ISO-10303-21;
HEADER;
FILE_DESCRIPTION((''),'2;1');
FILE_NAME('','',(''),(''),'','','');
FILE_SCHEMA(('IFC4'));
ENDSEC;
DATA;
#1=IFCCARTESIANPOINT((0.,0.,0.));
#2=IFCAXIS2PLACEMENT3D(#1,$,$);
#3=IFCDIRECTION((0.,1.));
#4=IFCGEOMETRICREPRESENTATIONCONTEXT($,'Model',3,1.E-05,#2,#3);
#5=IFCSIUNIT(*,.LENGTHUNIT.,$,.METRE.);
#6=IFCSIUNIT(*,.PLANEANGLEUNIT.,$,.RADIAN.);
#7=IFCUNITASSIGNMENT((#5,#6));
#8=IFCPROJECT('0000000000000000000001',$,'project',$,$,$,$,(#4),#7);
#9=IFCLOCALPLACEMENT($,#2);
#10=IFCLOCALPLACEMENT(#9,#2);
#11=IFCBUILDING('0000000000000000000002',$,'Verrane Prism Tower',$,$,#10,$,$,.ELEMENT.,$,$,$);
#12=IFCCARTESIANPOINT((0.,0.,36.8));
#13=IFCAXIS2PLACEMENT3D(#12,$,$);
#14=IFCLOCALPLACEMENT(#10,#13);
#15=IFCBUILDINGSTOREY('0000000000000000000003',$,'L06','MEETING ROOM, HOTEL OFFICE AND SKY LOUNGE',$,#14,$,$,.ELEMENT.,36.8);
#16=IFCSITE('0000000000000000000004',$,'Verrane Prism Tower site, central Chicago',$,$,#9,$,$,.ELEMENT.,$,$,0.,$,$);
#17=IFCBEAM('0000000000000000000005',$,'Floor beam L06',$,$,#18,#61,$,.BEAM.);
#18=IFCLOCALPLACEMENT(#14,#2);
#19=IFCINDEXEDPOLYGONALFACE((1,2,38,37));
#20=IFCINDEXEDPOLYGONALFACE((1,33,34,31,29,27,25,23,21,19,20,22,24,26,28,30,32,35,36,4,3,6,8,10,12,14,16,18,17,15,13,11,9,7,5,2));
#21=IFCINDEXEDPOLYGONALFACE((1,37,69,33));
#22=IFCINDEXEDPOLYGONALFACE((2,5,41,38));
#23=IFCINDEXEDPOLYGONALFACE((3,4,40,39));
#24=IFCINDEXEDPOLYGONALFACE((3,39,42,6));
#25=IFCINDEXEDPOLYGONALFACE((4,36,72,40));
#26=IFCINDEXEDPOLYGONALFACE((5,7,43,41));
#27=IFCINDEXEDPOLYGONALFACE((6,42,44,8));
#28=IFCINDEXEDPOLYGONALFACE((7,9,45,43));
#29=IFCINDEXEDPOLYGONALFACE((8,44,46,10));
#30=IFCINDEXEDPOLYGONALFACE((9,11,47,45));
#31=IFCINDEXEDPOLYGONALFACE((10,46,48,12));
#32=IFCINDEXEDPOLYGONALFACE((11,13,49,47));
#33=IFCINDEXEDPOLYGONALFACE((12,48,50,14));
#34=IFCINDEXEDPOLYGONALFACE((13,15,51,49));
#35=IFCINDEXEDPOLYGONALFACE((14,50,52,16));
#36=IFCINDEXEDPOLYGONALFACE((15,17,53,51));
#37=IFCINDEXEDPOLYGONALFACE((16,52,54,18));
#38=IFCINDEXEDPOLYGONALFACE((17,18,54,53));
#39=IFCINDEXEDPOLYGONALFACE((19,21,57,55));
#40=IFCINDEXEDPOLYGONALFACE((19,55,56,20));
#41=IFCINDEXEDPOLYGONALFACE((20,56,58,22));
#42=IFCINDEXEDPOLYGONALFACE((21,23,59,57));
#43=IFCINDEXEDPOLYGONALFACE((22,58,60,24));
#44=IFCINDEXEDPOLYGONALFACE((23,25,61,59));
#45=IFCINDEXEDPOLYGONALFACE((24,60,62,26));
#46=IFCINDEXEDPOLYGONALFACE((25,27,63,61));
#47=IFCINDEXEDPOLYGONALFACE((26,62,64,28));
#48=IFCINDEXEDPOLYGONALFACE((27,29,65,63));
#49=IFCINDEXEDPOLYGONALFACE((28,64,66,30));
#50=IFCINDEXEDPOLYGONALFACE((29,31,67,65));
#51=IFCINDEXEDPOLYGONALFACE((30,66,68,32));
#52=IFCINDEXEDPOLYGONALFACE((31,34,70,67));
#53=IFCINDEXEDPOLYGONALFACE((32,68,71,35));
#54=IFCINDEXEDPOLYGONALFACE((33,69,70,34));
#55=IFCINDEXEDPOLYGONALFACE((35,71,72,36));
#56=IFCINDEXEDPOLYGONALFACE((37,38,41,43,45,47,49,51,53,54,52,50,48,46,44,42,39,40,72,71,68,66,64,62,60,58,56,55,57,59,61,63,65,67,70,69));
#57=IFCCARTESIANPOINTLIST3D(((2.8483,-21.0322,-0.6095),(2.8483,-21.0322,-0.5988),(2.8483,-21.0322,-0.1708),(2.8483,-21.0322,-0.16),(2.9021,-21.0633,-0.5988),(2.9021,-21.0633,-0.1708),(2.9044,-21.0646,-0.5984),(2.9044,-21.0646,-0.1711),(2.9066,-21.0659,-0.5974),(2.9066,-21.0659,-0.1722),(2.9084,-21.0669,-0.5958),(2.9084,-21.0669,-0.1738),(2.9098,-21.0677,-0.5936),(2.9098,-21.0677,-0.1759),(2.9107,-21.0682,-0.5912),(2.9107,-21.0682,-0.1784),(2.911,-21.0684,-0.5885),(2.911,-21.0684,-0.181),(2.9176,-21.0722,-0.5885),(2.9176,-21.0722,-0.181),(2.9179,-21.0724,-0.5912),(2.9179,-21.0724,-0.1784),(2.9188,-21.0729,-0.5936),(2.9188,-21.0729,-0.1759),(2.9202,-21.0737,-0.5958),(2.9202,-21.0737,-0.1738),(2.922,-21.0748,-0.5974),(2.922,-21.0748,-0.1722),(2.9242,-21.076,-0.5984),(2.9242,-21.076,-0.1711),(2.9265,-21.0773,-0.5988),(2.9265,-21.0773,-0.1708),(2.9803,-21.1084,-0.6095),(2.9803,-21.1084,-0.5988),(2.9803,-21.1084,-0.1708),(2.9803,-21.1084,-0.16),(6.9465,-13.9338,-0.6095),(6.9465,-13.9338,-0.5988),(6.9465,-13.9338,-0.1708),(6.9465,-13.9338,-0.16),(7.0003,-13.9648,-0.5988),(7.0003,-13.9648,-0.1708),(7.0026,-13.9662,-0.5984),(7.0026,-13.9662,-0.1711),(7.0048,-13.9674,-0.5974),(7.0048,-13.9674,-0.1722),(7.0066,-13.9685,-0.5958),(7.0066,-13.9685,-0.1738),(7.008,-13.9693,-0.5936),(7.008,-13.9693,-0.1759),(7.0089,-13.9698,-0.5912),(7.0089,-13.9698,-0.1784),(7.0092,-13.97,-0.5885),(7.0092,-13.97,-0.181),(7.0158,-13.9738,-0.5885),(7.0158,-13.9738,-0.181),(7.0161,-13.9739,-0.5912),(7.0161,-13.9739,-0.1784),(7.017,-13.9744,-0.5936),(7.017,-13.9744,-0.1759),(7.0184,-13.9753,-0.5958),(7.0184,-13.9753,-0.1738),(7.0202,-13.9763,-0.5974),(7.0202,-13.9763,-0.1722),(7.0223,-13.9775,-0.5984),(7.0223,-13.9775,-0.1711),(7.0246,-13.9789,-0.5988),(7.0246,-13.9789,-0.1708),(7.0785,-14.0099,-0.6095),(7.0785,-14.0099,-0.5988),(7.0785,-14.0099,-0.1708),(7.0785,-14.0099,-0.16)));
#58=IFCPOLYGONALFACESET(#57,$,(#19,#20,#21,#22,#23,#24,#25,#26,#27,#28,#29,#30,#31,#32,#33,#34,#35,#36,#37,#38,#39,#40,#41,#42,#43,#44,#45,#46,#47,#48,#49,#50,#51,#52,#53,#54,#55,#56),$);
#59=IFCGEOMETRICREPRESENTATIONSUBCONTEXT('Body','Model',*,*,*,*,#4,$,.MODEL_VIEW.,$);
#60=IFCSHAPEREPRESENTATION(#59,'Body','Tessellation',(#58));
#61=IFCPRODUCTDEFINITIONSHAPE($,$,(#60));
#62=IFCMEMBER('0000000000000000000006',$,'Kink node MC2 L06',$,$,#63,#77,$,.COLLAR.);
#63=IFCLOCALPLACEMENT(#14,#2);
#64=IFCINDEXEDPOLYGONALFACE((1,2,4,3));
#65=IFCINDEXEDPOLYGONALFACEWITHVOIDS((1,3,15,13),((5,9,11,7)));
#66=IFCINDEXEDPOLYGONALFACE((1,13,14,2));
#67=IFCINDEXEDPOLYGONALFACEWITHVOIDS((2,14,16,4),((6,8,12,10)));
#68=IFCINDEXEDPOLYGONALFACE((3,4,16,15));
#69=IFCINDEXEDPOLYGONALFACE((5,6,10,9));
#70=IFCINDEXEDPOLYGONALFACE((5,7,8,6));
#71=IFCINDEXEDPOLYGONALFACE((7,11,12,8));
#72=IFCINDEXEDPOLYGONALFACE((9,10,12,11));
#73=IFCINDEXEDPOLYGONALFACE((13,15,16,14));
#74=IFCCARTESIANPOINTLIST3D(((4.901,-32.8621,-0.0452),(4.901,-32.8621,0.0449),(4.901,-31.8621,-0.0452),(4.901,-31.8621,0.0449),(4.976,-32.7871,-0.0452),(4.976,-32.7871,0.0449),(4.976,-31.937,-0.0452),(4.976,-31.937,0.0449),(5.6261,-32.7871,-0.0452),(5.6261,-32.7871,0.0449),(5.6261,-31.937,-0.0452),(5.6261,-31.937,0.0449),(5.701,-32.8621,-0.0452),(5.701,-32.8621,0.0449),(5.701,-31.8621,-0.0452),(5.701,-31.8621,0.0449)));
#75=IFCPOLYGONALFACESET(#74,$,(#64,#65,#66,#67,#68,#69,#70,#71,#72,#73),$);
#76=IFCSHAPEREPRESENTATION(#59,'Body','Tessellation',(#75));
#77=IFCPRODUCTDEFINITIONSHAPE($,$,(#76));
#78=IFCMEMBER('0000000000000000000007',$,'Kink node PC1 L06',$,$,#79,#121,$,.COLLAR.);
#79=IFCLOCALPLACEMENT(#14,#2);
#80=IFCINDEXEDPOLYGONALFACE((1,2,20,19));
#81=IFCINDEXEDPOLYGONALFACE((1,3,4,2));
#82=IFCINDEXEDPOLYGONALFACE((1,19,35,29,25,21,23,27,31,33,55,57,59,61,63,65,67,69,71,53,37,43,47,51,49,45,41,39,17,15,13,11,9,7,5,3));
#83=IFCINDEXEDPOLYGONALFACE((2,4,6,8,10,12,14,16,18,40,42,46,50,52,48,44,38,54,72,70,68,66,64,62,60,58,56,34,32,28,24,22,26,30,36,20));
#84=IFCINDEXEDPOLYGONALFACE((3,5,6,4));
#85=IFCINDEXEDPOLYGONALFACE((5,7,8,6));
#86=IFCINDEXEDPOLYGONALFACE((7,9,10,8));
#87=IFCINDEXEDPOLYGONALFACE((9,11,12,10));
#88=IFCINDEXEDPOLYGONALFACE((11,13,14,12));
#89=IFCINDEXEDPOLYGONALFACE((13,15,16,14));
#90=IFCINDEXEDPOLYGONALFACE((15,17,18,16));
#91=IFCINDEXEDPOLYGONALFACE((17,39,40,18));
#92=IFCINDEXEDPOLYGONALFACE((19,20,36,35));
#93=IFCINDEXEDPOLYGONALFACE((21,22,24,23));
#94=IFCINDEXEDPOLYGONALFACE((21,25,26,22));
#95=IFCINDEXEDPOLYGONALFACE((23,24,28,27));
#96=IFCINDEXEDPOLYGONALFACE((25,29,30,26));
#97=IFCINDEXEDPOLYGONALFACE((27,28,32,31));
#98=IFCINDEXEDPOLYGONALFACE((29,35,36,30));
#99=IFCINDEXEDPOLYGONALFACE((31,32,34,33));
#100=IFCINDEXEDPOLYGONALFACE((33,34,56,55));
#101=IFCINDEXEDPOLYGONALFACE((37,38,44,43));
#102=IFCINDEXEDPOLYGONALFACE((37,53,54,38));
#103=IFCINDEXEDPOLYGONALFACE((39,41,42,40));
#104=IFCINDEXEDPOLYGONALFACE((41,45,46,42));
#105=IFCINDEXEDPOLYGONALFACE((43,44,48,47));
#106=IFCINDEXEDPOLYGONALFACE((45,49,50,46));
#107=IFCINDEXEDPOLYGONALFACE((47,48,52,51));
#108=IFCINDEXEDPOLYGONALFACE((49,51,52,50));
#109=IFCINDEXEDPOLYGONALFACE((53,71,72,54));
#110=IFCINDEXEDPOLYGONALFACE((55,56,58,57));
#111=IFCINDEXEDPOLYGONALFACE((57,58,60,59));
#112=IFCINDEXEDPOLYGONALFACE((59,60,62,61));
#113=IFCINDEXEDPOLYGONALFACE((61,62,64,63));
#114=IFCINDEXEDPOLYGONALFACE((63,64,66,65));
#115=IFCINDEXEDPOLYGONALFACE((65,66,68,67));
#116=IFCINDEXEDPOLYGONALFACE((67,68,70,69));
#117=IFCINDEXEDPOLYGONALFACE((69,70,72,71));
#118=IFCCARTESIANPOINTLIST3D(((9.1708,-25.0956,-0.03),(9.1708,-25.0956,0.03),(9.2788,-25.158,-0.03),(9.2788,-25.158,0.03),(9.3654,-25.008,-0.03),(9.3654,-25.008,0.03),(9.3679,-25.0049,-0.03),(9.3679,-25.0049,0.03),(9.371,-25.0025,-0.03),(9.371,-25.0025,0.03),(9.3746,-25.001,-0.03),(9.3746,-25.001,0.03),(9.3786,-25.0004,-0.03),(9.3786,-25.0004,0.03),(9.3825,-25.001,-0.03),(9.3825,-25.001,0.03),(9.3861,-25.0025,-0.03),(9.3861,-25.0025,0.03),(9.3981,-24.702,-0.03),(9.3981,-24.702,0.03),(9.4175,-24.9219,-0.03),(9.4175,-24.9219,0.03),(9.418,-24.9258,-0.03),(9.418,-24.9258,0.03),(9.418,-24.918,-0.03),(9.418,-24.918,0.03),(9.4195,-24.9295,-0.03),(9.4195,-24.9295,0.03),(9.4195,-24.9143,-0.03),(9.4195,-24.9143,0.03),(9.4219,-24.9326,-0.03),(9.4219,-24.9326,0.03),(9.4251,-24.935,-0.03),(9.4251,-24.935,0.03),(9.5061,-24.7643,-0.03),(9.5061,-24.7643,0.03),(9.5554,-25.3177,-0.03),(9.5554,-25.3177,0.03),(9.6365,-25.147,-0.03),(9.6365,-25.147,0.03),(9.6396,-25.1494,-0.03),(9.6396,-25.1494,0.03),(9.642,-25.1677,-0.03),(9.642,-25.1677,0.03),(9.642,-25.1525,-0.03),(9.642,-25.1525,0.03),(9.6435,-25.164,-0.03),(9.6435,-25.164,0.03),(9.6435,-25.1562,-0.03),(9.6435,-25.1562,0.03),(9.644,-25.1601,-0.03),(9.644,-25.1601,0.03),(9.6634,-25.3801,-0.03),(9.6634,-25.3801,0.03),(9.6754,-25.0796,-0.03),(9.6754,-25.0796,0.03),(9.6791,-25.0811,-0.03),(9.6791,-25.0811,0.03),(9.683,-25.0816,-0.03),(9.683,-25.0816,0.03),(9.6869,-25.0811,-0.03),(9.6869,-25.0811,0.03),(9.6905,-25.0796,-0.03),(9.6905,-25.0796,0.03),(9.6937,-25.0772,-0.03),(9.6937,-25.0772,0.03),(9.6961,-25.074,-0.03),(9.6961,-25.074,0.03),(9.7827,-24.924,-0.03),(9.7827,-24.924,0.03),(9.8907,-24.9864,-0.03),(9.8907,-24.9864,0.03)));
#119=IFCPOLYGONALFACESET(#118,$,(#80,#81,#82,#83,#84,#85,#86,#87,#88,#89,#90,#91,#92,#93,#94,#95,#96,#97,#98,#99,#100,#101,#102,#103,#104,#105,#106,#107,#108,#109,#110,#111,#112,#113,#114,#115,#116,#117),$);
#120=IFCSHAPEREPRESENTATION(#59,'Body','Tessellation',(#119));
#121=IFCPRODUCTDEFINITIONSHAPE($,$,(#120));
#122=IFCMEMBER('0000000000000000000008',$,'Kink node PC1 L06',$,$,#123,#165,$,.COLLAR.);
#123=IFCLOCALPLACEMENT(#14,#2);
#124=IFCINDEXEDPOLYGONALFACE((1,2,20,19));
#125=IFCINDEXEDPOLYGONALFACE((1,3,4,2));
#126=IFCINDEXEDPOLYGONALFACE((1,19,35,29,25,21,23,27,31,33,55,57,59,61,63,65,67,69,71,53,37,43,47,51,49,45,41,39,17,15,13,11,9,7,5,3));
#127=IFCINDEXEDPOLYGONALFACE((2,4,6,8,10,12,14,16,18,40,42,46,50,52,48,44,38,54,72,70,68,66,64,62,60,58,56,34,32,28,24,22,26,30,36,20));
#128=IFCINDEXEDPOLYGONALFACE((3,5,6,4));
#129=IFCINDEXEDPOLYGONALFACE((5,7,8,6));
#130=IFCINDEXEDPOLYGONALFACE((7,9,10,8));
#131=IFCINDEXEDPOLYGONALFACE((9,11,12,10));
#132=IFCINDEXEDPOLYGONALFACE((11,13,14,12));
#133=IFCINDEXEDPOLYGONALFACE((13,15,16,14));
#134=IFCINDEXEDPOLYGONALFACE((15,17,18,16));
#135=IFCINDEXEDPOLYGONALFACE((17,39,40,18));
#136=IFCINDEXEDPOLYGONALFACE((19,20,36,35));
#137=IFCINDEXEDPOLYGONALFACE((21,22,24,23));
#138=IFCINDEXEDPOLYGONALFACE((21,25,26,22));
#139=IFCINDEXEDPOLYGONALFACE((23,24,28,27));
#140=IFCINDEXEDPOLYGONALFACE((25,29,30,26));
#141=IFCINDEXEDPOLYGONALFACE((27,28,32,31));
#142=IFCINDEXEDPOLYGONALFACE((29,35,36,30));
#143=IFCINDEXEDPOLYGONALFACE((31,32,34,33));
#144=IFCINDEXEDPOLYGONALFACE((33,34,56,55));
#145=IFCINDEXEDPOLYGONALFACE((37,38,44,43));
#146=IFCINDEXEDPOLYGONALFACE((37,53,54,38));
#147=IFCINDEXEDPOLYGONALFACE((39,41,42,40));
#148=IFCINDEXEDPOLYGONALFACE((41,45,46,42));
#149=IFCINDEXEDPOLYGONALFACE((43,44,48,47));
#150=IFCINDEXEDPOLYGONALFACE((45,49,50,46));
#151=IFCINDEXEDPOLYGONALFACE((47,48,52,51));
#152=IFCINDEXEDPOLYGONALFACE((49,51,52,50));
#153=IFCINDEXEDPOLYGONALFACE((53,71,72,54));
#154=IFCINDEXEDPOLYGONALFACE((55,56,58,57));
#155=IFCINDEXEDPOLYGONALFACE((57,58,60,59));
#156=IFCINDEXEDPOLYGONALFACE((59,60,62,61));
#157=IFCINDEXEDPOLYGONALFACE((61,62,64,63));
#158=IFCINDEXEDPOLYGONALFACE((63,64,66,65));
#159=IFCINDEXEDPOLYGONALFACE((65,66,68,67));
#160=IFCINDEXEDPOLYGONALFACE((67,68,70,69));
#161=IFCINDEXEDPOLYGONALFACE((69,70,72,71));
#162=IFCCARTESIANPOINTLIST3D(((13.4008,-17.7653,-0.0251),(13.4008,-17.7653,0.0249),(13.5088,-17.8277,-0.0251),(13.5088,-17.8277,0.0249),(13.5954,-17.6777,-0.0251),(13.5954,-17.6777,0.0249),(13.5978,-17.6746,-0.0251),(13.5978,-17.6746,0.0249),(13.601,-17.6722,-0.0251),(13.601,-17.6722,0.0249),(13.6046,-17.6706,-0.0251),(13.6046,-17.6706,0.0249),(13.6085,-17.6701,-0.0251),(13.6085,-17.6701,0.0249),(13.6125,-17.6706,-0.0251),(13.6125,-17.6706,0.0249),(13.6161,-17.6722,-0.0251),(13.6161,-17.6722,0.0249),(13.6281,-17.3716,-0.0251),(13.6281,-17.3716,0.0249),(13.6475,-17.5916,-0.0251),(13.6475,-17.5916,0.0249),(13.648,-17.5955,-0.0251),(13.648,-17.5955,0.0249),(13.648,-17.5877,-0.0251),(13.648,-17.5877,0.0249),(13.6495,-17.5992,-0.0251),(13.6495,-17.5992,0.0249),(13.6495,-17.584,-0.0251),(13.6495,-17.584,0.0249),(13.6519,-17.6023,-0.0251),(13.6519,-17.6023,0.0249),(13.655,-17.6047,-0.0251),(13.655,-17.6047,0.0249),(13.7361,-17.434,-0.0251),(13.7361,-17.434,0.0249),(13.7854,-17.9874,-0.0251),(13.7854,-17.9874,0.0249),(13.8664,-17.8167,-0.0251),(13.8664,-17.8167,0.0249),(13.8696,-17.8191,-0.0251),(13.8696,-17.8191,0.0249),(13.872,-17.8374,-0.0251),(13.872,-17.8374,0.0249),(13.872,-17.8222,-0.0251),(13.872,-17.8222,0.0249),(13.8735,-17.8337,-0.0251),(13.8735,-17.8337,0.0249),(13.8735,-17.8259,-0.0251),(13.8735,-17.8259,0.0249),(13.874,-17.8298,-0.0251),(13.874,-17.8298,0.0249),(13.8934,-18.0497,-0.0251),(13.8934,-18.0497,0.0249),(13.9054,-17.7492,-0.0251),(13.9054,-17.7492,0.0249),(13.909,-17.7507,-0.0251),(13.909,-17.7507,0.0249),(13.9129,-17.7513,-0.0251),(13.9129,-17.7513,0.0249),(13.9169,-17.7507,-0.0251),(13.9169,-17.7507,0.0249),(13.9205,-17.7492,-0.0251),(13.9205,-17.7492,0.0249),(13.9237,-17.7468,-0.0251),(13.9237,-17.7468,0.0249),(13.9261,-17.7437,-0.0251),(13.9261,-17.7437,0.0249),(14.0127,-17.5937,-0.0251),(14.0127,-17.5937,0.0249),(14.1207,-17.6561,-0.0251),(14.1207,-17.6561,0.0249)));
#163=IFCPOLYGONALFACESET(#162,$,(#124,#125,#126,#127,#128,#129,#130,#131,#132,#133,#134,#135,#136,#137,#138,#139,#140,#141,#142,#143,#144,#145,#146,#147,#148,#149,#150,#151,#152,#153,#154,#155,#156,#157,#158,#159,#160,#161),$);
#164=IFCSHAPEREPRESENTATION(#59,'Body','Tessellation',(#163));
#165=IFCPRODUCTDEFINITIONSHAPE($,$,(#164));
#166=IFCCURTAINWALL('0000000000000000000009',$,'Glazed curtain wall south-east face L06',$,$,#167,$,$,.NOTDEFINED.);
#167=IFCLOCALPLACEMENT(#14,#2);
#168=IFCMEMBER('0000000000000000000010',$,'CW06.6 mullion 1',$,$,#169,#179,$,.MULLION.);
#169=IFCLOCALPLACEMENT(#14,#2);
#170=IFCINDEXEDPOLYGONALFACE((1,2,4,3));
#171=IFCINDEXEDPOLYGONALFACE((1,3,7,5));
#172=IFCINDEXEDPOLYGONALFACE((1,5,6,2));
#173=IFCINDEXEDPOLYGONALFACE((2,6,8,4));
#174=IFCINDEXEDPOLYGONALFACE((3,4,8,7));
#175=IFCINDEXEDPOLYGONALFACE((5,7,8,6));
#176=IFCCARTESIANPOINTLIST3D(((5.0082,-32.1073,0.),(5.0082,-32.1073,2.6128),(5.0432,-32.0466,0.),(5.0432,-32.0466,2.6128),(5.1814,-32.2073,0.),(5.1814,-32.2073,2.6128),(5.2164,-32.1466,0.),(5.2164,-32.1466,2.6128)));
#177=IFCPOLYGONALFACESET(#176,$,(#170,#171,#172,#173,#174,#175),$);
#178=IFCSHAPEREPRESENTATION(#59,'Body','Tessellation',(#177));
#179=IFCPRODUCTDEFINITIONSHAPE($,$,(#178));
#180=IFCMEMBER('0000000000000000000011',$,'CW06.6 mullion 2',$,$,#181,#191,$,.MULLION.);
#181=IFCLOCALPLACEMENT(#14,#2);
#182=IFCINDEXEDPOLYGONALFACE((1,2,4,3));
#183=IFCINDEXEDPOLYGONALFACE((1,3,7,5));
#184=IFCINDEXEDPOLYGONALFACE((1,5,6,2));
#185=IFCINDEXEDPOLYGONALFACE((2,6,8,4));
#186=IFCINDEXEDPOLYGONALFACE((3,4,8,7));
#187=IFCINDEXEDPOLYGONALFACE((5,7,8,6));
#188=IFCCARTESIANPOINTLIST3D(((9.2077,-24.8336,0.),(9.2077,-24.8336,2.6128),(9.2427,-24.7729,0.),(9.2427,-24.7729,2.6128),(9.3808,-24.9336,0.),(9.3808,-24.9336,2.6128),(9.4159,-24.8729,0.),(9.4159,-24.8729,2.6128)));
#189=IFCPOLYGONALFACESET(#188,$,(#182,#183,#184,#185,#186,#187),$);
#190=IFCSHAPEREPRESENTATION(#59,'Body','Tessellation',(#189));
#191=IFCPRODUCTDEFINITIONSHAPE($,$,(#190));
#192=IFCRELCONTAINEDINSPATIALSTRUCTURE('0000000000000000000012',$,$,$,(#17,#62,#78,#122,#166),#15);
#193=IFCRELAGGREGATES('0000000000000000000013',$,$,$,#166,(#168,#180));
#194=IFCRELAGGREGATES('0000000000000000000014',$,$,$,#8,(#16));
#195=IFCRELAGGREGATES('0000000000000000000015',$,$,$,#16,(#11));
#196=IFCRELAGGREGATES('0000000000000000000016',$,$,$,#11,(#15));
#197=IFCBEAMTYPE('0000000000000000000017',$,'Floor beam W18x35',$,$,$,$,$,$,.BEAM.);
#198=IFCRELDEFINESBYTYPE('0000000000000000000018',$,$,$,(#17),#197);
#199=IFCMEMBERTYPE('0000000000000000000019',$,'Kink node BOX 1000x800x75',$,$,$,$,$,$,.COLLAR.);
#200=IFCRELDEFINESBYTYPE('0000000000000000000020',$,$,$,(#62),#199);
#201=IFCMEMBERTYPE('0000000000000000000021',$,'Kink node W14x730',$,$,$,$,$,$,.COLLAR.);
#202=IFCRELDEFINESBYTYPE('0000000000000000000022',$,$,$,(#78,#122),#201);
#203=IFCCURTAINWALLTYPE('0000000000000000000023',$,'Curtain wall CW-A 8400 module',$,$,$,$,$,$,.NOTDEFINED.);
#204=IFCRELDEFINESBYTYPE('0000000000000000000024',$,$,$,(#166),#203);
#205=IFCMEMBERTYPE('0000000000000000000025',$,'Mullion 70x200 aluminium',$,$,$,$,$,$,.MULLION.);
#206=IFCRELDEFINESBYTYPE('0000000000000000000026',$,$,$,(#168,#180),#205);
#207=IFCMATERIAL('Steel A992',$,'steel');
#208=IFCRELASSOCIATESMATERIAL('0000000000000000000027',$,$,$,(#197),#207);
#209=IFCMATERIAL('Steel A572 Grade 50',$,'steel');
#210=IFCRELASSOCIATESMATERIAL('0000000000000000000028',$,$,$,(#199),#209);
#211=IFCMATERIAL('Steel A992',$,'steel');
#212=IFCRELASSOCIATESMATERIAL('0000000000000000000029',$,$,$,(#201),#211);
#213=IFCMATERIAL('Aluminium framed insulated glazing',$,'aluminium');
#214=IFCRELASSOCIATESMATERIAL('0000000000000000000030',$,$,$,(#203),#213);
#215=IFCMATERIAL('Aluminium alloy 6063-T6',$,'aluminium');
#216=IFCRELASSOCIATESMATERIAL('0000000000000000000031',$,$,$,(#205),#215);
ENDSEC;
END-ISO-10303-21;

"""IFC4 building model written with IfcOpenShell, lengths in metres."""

from ifc_helpers import new_model, si_unit, direction, frame, origin, origin_2d, place, context, subcontext, project, spatial, rectangle, hollow_rectangle, i_section, extrude, material, material_profile, profile_set, type_object, element, aggregate, save


model = new_model("IFC4")

# Units and contexts
model_context = context("Model", 3, precision=1e-05, world=origin(), true_north=direction((0.0, 1.0)))
body_context = subcontext(model_context, "Body", "Model", "MODEL_VIEW")
ifc_project = project(units=[si_unit("LENGTHUNIT", "METRE"), si_unit("PLANEANGLEUNIT", "RADIAN")], contexts=[model_context])

# Site, building, storey
site_placement = place(None, origin())
site = spatial("IfcSite", under=ifc_project, at=site_placement, Name="Verrane Prism Tower site, central Chicago", CompositionType="ELEMENT", RefElevation=0.0)
building_placement = place(site_placement, origin())
building = spatial("IfcBuilding", under=site, at=building_placement, Name="Verrane Prism Tower", CompositionType="ELEMENT")
storey_placement = place(building_placement, frame((0.0, 0.0, 36.8)))
storey = spatial("IfcBuildingStorey", under=building, at=storey_placement, Name="L06", Description="MEETING ROOM, HOTEL OFFICE AND SKY LOUNGE", CompositionType="ELEMENT", Elevation=36.8)

# Beam
ifc_material_1 = material(Name="Steel A992", Category="steel")
ifc_material_profile_1 = material_profile(ifc_material_1, i_section(OverallWidth=0.1523, OverallDepth=0.4495, WebThickness=0.0076, FlangeThickness=0.0107, FilletRadius=0.0103, at=origin_2d()), Name="W18x35")
ifc_profile_set_1 = profile_set([ifc_material_profile_1], Name="Steel A992")
beam_type_1 = type_object("IfcBeamType", Name="Floor beam W18x35", PredefinedType="BEAM", material=ifc_profile_set_1)
beam_1_placement = place(storey_placement, frame((2.9143, -21.0703, -0.3848), z_axis=(0.49999, 0.866031, 0.0), x_axis=(-0.866031, 0.49999, 0.0)))
element("IfcBeam", 1, at=beam_1_placement, inside=storey, type_object=beam_type_1, Name="Floor beam L06", PredefinedType="BEAM", context=body_context, shape_type="SweptSolid", body=[
    extrude(i_section(OverallWidth=0.1523, OverallDepth=0.4495, WebThickness=0.0076, FlangeThickness=0.0107, FilletRadius=0.0103, at=origin_2d()), origin(), (0.0, 0.0, 1.0), 8.1965),
])

# Members
ifc_material_2 = material(Name="Steel A572 Grade 50", Category="steel")
ifc_material_profile_2 = material_profile(ifc_material_2, hollow_rectangle(XDim=0.8, YDim=1.0, WallThickness=0.075, at=origin_2d()), Name="BOX 1000x800x75")
ifc_profile_set_2 = profile_set([ifc_material_profile_2], Name="Steel A572 Grade 50")
member_type_1 = type_object("IfcMemberType", Name="Kink node BOX 1000x800x75", PredefinedType="COLLAR", material=ifc_profile_set_2)
member_1_placement = place(storey_placement, frame((5.301, -32.3621, -0.0452), z_axis=(0.0, 0.0, 1.0), x_axis=(-1.0, 0.0, 0.0)))
element("IfcMember", 2, at=member_1_placement, inside=storey, type_object=member_type_1, Name="Kink node MC2 L06", PredefinedType="COLLAR", context=body_context, shape_type="SweptSolid", body=[
    extrude(hollow_rectangle(XDim=0.8, YDim=1.0, WallThickness=0.075, at=origin_2d()), origin(), (0.0, 0.0, 1.0), 0.0901),
])
ifc_material_3 = material(Name="Steel A992", Category="steel")
ifc_material_profile_3 = material_profile(ifc_material_3, i_section(OverallWidth=0.4546, OverallDepth=0.5688, WebThickness=0.0779, FlangeThickness=0.1248, FilletRadius=0.0151, at=origin_2d()), Name="W14x730")
ifc_profile_set_3 = profile_set([ifc_material_profile_3], Name="Steel A992")
member_type_2 = type_object("IfcMemberType", Name="Kink node W14x730", PredefinedType="COLLAR", material=ifc_profile_set_3)
member_2_placement = place(storey_placement, frame((9.5308, -25.041, -0.03), z_axis=(0.0, 0.0, 1.0), x_axis=(-0.5, -0.866025, 0.0)))
element("IfcMember", 3, at=member_2_placement, inside=storey, type_object=member_type_2, Name="Kink node PC1 L06", PredefinedType="COLLAR", context=body_context, shape_type="SweptSolid", body=[
    extrude(i_section(OverallWidth=0.4546, OverallDepth=0.5688, WebThickness=0.0779, FlangeThickness=0.1248, FilletRadius=0.0151, at=origin_2d()), origin(), (0.0, 0.0, 1.0), 0.0601),
])
member_3_placement = place(storey_placement, frame((13.7607, -17.7107, -0.0251), z_axis=(0.0, 0.0, 1.0), x_axis=(-0.5, -0.866025, 0.0)))
element("IfcMember", 4, at=member_3_placement, inside=storey, type_object=member_type_2, Name="Kink node PC1 L06", PredefinedType="COLLAR", context=body_context, shape_type="SweptSolid", body=[
    extrude(i_section(OverallWidth=0.4546, OverallDepth=0.5688, WebThickness=0.0779, FlangeThickness=0.1248, FilletRadius=0.0151, at=origin_2d()), origin(), (0.0, 0.0, 1.0), 0.05),
])

# Curtain wall, members
ifc_material_4 = material(Name="Aluminium framed insulated glazing", Category="aluminium")
curtain_wall_type = type_object("IfcCurtainWallType", Name="Curtain wall CW-A 8400 module", PredefinedType="NOTDEFINED", material=ifc_material_4)
curtain_wall_1_placement = place(storey_placement, origin())
curtain_wall_1 = element("IfcCurtainWall", 5, at=curtain_wall_1_placement, inside=storey, type_object=curtain_wall_type, Name="Glazed curtain wall south-east face L06", PredefinedType="NOTDEFINED")
ifc_material_5 = material(Name="Aluminium alloy 6063-T6", Category="aluminium")
ifc_material_profile_4 = material_profile(ifc_material_5, rectangle(XDim=0.2, YDim=0.0701, at=origin_2d()), Name="Mullion 70x200 aluminium")
ifc_profile_set_4 = profile_set([ifc_material_profile_4], Name="Aluminium alloy 6063-T6")
member_type_3 = type_object("IfcMemberType", Name="Mullion 70x200 aluminium", PredefinedType="MULLION", material=ifc_profile_set_4)
member_4_placement = place(storey_placement, frame((5.1123, -32.127, 0.0), z_axis=(0.0, 0.0, 1.0), x_axis=(-0.866025, 0.5, 0.0)))
member_4 = element("IfcMember", 6, at=member_4_placement, type_object=member_type_3, Name="CW06.6 mullion 1", PredefinedType="MULLION", context=body_context, shape_type="SweptSolid", body=[
    extrude(rectangle(XDim=0.2, YDim=0.0701, at=origin_2d()), origin(), (0.0, 0.0, 1.0), 2.6128),
])
member_5_placement = place(storey_placement, frame((9.3118, -24.8533, 0.0), z_axis=(0.0, 0.0, 1.0), x_axis=(-0.866025, 0.5, 0.0)))
member_5 = element("IfcMember", 7, at=member_5_placement, type_object=member_type_3, Name="CW06.6 mullion 2", PredefinedType="MULLION", context=body_context, shape_type="SweptSolid", body=[
    extrude(rectangle(XDim=0.2, YDim=0.0701, at=origin_2d()), origin(), (0.0, 0.0, 1.0), 2.6128),
])

aggregate(curtain_wall_1, [member_4, member_5])

save(model, "model.ifc")
